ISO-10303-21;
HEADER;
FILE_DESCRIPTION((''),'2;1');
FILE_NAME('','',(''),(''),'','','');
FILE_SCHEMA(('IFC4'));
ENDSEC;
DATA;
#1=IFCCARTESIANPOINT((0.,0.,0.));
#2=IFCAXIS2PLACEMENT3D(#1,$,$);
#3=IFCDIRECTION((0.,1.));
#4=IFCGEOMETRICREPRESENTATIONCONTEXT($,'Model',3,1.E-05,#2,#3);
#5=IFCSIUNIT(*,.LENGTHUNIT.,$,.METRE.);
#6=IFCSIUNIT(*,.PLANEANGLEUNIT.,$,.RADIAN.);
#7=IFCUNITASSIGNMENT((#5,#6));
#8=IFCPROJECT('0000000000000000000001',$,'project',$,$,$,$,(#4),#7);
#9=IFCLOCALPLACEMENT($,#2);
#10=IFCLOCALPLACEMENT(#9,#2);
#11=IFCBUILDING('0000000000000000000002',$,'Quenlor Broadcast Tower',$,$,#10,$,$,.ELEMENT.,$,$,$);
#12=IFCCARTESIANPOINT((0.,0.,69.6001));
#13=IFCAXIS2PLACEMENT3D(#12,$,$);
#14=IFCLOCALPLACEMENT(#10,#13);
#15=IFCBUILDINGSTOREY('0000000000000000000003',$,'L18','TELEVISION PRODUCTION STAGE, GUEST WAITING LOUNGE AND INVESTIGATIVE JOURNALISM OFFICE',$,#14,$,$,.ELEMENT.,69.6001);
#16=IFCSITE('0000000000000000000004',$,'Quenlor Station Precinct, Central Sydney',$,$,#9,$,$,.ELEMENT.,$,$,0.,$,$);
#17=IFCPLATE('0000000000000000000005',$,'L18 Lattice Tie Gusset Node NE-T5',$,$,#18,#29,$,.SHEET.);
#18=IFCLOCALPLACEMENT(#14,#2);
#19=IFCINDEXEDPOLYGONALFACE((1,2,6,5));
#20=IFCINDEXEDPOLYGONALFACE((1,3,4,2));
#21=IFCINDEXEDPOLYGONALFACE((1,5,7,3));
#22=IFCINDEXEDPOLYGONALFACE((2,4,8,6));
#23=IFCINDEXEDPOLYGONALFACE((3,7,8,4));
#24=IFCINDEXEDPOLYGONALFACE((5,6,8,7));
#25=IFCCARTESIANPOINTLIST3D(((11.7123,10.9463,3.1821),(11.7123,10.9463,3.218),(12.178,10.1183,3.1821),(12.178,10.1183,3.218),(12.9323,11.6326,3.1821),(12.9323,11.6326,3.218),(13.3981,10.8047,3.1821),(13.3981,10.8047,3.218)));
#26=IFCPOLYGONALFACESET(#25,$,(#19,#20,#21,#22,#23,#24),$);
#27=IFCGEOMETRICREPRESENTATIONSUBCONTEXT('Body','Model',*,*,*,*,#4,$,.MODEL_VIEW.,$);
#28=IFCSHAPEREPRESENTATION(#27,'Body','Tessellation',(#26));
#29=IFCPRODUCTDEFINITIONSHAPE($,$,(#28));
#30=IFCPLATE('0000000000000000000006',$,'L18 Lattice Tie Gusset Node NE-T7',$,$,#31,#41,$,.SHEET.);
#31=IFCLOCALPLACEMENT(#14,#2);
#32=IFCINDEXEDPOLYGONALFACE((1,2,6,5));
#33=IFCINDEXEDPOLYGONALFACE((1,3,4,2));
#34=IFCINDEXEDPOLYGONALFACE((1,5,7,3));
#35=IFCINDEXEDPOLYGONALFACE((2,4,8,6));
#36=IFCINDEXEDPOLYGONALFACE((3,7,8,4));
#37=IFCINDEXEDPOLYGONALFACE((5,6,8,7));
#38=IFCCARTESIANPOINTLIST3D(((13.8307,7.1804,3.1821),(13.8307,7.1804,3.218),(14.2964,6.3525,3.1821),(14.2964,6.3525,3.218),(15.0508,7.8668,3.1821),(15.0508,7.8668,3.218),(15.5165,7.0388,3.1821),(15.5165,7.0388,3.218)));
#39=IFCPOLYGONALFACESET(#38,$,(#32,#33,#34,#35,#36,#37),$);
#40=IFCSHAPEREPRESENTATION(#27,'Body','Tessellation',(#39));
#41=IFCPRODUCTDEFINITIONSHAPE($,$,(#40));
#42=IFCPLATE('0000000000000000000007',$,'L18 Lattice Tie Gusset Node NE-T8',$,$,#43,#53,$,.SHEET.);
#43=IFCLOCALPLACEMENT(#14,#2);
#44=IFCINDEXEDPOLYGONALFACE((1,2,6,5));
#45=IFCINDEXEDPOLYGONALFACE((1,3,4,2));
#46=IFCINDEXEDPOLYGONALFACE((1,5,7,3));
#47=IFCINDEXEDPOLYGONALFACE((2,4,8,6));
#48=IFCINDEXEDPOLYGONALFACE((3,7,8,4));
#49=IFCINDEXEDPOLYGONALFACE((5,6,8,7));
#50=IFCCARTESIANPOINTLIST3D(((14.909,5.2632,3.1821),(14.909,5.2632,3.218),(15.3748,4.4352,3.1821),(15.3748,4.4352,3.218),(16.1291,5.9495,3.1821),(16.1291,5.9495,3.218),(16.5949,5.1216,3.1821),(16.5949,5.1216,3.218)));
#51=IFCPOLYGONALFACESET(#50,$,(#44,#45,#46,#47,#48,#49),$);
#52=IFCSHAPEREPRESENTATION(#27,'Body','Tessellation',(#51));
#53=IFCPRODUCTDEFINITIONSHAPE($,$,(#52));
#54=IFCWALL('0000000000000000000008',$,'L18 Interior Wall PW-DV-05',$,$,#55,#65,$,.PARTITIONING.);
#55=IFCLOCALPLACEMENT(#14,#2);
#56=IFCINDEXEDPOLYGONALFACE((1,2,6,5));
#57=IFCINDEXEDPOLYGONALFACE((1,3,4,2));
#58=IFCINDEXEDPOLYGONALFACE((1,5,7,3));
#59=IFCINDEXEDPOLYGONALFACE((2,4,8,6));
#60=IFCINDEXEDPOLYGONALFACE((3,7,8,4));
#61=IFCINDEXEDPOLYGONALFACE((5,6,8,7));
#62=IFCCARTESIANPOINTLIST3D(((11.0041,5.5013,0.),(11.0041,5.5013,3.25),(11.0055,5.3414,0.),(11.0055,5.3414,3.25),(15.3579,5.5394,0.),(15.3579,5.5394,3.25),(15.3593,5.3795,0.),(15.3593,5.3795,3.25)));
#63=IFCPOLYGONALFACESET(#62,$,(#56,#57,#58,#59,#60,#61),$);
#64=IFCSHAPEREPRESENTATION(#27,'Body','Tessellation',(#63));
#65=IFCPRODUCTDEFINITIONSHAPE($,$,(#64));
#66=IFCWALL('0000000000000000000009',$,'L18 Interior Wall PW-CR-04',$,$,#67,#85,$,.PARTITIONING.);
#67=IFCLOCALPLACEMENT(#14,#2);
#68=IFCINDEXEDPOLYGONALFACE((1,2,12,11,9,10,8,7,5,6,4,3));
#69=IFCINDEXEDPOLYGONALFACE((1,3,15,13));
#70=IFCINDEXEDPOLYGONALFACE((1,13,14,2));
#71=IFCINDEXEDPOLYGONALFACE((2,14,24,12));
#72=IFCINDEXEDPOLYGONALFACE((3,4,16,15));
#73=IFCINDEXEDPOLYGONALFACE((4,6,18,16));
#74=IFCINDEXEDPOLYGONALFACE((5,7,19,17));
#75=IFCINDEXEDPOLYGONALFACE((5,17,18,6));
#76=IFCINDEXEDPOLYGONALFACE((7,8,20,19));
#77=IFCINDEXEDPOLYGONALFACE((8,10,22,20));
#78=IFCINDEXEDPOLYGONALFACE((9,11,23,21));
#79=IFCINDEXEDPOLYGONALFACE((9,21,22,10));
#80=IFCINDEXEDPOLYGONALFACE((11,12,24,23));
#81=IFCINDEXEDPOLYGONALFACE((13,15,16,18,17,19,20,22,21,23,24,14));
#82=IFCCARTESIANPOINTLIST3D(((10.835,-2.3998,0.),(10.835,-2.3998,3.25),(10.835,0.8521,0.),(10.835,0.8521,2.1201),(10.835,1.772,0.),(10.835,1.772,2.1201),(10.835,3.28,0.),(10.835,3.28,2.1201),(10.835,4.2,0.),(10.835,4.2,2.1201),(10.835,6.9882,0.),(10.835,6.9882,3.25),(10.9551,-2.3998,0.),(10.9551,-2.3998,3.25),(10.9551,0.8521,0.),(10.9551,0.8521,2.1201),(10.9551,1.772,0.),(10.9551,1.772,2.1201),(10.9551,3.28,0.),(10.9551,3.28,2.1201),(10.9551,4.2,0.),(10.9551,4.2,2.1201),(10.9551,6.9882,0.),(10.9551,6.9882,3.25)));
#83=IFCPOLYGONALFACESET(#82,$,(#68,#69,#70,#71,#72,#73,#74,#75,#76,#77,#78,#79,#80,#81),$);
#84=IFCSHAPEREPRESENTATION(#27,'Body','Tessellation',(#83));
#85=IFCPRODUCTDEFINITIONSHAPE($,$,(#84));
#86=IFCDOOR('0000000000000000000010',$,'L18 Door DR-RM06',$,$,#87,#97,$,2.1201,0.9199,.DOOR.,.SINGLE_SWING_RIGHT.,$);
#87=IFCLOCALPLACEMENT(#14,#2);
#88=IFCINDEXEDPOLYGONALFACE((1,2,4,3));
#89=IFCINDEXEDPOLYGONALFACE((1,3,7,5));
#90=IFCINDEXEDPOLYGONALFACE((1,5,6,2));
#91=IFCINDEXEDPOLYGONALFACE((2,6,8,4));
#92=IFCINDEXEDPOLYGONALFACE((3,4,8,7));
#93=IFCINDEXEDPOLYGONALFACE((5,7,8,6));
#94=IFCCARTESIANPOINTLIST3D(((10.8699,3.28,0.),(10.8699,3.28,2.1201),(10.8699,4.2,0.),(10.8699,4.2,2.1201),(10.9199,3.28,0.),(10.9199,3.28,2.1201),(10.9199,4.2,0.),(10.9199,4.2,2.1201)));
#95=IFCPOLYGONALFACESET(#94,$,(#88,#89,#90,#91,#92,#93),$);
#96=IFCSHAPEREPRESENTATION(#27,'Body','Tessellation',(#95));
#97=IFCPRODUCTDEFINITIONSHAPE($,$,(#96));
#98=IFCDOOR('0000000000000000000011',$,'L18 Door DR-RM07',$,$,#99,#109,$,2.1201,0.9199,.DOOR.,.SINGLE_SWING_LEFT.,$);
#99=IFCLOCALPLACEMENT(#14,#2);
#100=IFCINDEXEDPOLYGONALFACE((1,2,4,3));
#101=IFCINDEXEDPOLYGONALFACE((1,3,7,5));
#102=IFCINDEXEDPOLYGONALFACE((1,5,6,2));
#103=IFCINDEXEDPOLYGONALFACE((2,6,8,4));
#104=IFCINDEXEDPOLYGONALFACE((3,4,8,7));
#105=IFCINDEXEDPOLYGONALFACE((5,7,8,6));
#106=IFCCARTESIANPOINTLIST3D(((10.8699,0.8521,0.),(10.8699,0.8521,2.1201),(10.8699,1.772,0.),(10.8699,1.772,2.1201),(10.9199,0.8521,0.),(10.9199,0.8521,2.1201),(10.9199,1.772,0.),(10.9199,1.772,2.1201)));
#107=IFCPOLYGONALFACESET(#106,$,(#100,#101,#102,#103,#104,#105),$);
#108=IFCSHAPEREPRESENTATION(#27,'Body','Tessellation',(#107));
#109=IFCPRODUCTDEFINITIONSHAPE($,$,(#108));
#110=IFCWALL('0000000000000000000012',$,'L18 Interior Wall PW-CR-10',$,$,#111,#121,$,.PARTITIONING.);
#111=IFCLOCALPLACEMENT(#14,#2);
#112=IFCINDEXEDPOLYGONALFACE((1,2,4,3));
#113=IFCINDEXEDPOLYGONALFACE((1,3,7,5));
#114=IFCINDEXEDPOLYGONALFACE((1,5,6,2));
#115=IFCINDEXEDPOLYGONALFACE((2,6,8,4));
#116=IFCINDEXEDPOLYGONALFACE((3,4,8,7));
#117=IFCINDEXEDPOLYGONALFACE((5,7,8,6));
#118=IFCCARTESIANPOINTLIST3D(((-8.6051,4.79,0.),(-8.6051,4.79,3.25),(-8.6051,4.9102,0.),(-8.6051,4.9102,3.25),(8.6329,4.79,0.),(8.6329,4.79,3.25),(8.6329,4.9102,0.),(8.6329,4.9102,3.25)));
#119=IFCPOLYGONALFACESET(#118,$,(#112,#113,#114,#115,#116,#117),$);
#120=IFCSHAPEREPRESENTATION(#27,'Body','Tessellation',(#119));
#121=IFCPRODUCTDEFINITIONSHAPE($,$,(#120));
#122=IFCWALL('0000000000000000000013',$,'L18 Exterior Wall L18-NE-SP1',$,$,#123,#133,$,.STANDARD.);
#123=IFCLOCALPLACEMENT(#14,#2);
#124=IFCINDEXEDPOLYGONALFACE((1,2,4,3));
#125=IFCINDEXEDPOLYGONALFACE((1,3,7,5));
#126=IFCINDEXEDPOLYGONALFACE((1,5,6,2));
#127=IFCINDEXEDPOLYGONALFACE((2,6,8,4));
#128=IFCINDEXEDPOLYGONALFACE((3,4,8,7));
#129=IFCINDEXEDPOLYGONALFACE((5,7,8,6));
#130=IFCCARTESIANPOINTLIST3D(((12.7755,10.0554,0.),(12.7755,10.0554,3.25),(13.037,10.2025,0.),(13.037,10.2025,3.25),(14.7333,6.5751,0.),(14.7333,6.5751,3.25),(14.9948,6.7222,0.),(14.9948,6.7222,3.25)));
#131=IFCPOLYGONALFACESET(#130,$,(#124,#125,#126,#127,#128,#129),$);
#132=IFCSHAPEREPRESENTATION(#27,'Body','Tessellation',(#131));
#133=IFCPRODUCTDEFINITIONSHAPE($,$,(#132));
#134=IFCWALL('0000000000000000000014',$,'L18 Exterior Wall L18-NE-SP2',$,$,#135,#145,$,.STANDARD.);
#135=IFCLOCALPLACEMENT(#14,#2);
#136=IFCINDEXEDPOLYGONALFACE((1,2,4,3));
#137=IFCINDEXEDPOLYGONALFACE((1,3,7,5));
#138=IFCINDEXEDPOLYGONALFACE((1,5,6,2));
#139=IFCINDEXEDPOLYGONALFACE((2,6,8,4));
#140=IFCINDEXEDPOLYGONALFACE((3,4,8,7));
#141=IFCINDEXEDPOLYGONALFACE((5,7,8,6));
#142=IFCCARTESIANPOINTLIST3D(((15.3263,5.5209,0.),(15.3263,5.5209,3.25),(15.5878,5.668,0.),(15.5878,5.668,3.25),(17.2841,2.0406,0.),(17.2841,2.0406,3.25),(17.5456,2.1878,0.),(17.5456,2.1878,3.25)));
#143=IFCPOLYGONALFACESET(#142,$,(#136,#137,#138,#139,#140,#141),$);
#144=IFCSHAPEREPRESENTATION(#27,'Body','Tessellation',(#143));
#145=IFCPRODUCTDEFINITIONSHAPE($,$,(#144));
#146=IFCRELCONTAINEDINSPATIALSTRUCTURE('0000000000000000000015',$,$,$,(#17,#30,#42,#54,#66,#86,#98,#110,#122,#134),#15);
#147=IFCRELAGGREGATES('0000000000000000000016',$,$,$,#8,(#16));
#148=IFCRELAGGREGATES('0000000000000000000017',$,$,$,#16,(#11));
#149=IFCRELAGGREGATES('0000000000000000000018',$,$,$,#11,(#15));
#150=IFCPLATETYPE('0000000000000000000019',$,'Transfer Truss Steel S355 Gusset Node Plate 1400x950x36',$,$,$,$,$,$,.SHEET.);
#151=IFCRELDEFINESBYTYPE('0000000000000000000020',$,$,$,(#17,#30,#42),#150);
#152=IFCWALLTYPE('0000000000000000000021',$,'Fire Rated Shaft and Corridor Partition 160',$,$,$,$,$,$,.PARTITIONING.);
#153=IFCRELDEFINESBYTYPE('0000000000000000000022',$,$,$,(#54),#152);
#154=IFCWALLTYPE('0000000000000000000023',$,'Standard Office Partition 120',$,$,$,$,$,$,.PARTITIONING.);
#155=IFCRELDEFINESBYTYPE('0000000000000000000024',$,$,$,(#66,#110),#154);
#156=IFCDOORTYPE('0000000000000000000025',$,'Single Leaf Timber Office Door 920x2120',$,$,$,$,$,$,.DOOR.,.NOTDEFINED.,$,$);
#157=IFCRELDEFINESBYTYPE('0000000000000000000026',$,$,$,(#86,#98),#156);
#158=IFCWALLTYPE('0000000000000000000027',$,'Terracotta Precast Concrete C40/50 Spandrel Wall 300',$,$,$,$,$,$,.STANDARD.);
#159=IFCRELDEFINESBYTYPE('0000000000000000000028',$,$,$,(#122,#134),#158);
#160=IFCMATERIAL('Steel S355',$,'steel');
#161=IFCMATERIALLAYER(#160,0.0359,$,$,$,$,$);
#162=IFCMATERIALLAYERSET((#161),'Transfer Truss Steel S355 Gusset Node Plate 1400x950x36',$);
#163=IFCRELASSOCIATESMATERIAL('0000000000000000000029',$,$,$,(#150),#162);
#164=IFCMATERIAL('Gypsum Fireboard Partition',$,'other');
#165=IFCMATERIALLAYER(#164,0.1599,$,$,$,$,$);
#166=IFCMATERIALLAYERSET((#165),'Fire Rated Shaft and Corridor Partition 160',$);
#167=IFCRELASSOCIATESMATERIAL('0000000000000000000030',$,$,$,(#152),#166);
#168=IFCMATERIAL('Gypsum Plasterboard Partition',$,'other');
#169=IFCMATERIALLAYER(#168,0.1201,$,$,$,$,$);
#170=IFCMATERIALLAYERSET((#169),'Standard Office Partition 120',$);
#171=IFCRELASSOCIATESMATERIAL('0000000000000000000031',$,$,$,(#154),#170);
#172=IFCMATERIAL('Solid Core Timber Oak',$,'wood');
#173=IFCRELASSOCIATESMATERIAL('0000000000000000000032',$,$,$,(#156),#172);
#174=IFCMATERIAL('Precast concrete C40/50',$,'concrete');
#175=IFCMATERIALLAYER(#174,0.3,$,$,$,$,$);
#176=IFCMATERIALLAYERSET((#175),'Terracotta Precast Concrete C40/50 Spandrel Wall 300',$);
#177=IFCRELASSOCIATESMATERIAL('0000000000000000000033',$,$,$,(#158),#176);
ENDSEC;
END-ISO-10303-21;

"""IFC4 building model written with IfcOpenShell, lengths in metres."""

from ifc_helpers import new_model, si_unit, direction, frame, frame_2d, origin, origin_2d, place, context, subcontext, project, spatial, rectangle, extrude, material, layer, layer_set, type_object, element, fill, save


model = new_model("IFC4")

# Units and contexts
model_context = context("Model", 3, precision=1e-05, world=origin(), true_north=direction((0.0, 1.0)))
body_context = subcontext(model_context, "Body", "Model", "MODEL_VIEW")
ifc_project = project(units=[si_unit("LENGTHUNIT", "METRE"), si_unit("PLANEANGLEUNIT", "RADIAN")], contexts=[model_context])

# Site, building, storey
site_placement = place(None, origin())
site = spatial("IfcSite", under=ifc_project, at=site_placement, Name="Quenlor Station Precinct, Central Sydney", CompositionType="ELEMENT", RefElevation=0.0)
building_placement = place(site_placement, origin())
building = spatial("IfcBuilding", under=site, at=building_placement, Name="Quenlor Broadcast Tower", CompositionType="ELEMENT")
storey_placement = place(building_placement, frame((0.0, 0.0, 69.6001)))
storey = spatial("IfcBuildingStorey", under=building, at=storey_placement, Name="L18", Description="TELEVISION PRODUCTION STAGE, GUEST WAITING LOUNGE AND INVESTIGATIVE JOURNALISM OFFICE", CompositionType="ELEMENT", Elevation=69.6001)

# Plates
ifc_material_1 = material(Name="Steel S355", Category="steel")
ifc_layer_1 = layer(ifc_material_1, 0.0359)
ifc_layer_set_1 = layer_set([ifc_layer_1], Name="Transfer Truss Steel S355 Gusset Node Plate 1400x950x36")
plate_type_1 = type_object("IfcPlateType", Name="Transfer Truss Steel S355 Gusset Node Plate 1400x950x36", PredefinedType="SHEET", material=ifc_layer_set_1)
for number, where, z_axis, x_axis, name in (
    (1, (12.5552, 10.8755, 3.1821), (0.0, 0.0, 1.0), (0.871556, 0.490295, 0.0), "L18 Lattice Tie Gusset Node NE-T5"),
    (2, (14.6736, 7.1096, 3.1821), (0.0, 0.0, 1.0), (0.871556, 0.490295, 0.0), "L18 Lattice Tie Gusset Node NE-T7"),
    (3, (15.752, 5.1924, 3.1821), (0.0, 0.0, 1.0), (0.871556, 0.490295, 0.0), "L18 Lattice Tie Gusset Node NE-T8"),
):
    element("IfcPlate", number, at=place(storey_placement, frame(where, z_axis=z_axis, x_axis=x_axis)), inside=storey, type_object=plate_type_1, Name=name, PredefinedType="SHEET", context=body_context, shape_type="SweptSolid", body=[
        extrude(rectangle(XDim=1.3999, YDim=0.95, at=origin_2d()), origin(), (0.0, 0.0, 1.0), 0.0359),
    ])

# Wall
ifc_material_2 = material(Name="Gypsum Fireboard Partition", Category="other")
ifc_layer_2 = layer(ifc_material_2, 0.1599)
ifc_layer_set_2 = layer_set([ifc_layer_2], Name="Fire Rated Shaft and Corridor Partition 160")
wall_type_1 = type_object("IfcWallType", Name="Fire Rated Shaft and Corridor Partition 160", PredefinedType="PARTITIONING", material=ifc_layer_set_2)
wall_1_placement = place(storey_placement, frame((15.3586, 5.4595, 0.0), z_axis=(0.0, 0.0, 1.0), x_axis=(-0.999962, -0.008747, 0.0)))
element("IfcWall", 4, at=wall_1_placement, inside=storey, type_object=wall_type_1, Name="L18 Interior Wall PW-DV-05", PredefinedType="PARTITIONING", context=body_context, shape_type="SweptSolid", body=[
    extrude(rectangle(XDim=4.354, YDim=0.1599, at=frame_2d((2.177, 0.0))), origin(), (0.0, 0.0, 1.0), 3.25),
])

# Wall, openings, doors
ifc_material_3 = material(Name="Gypsum Plasterboard Partition", Category="other")
ifc_layer_3 = layer(ifc_material_3, 0.1201)
ifc_layer_set_3 = layer_set([ifc_layer_3], Name="Standard Office Partition 120")
wall_type_2 = type_object("IfcWallType", Name="Standard Office Partition 120", PredefinedType="PARTITIONING", material=ifc_layer_set_3)
wall_2_placement = place(storey_placement, frame((10.895, 6.988, 0.0), z_axis=(0.0, 0.0, 1.0), x_axis=(0.0, -1.0, 0.0)))
wall_2 = element("IfcWall", 5, at=wall_2_placement, inside=storey, type_object=wall_type_2, Name="L18 Interior Wall PW-CR-04", PredefinedType="PARTITIONING", context=body_context, shape_type="SweptSolid", body=[
    extrude(rectangle(XDim=9.3879, YDim=0.1201, at=frame_2d((4.6938, 0.0))), origin(), (0.0, 0.0, 1.0), 3.25),
])
opening_1_placement = place(wall_2_placement, frame((2.7881, 0.0, 0.0)))
opening_1 = element("IfcOpeningElement", 6, at=opening_1_placement, cuts=wall_2, PredefinedType="OPENING", context=body_context, shape_type="SweptSolid", body=[
    extrude(rectangle(XDim=0.9199, YDim=2.1201, at=frame_2d((0.46, 1.0601))), frame((0.0, 0.0701, 0.0), z_axis=(0.0, -1.0, 0.0), x_axis=(1.0, 0.0, 0.0)), (0.0, 0.0, 1.0), 0.1401),
])
opening_2_placement = place(wall_2_placement, frame((5.2161, 0.0, 0.0)))
opening_2 = element("IfcOpeningElement", 7, at=opening_2_placement, cuts=wall_2, PredefinedType="OPENING", context=body_context, shape_type="SweptSolid", body=[
    extrude(rectangle(XDim=0.9199, YDim=2.1201, at=frame_2d((0.46, 1.0601))), frame((0.0, 0.0701, 0.0), z_axis=(0.0, -1.0, 0.0), x_axis=(1.0, 0.0, 0.0)), (0.0, 0.0, 1.0), 0.1401),
])
ifc_material_4 = material(Name="Solid Core Timber Oak", Category="wood")
door_type = type_object("IfcDoorType", Name="Single Leaf Timber Office Door 920x2120", OperationType="NOTDEFINED", PredefinedType="DOOR", material=ifc_material_4)
door_1_placement = place(opening_1_placement, origin())
door_1 = element("IfcDoor", 8, at=door_1_placement, inside=storey, type_object=door_type, Name="L18 Door DR-RM06", OperationType="SINGLE_SWING_RIGHT", OverallHeight=2.1201, OverallWidth=0.9199, PredefinedType="DOOR", context=body_context, shape_type="SweptSolid", body=[
    extrude(rectangle(XDim=0.9199, YDim=2.1201, at=frame_2d((0.46, 1.0601))), frame((0.0, 0.0249, 0.0), z_axis=(0.0, -1.0, 0.0), x_axis=(1.0, 0.0, 0.0)), (0.0, 0.0, 1.0), 0.05),
])
fill(opening_1, door_1)
door_2_placement = place(opening_2_placement, origin())
door_2 = element("IfcDoor", 9, at=door_2_placement, inside=storey, type_object=door_type, Name="L18 Door DR-RM07", OperationType="SINGLE_SWING_LEFT", OverallHeight=2.1201, OverallWidth=0.9199, PredefinedType="DOOR", context=body_context, shape_type="SweptSolid", body=[
    extrude(rectangle(XDim=0.9199, YDim=2.1201, at=frame_2d((0.46, 1.0601))), frame((0.0, 0.0249, 0.0), z_axis=(0.0, -1.0, 0.0), x_axis=(1.0, 0.0, 0.0)), (0.0, 0.0, 1.0), 0.05),
])
fill(opening_2, door_2)

# Walls
wall_3_placement = place(storey_placement, frame((8.6331, 4.8501, 0.0), z_axis=(0.0, 0.0, 1.0), x_axis=(-1.0, 0.0, 0.0)))
element("IfcWall", 10, at=wall_3_placement, inside=storey, type_object=wall_type_2, Name="L18 Interior Wall PW-CR-10", PredefinedType="PARTITIONING", context=body_context, shape_type="SweptSolid", body=[
    extrude(rectangle(XDim=17.238, YDim=0.1201, at=frame_2d((8.6191, 0.0))), origin(), (0.0, 0.0, 1.0), 3.25),
])
ifc_material_5 = material(Name="Precast concrete C40/50", Category="concrete")
ifc_layer_4 = layer(ifc_material_5, 0.3)
ifc_layer_set_4 = layer_set([ifc_layer_4], Name="Terracotta Precast Concrete C40/50 Spandrel Wall 300")
wall_type_3 = type_object("IfcWallType", Name="Terracotta Precast Concrete C40/50 Spandrel Wall 300", PredefinedType="STANDARD", material=ifc_layer_set_4)
for number, where, z_axis, x_axis, name in (
    (11, (12.9062, 10.1289, 0.0), (0.0, 0.0, 1.0), (0.490287, -0.871561, 0.0), "L18 Exterior Wall L18-NE-SP1"),
    (12, (15.457, 5.5945, 0.0), (0.0, 0.0, 1.0), (0.490287, -0.871561, 0.0), "L18 Exterior Wall L18-NE-SP2"),
):
    element("IfcWall", number, at=place(storey_placement, frame(where, z_axis=z_axis, x_axis=x_axis)), inside=storey, type_object=wall_type_3, Name=name, PredefinedType="STANDARD", context=body_context, shape_type="SweptSolid", body=[
        extrude(rectangle(XDim=3.9932, YDim=0.3, at=frame_2d((1.9966, 0.0))), origin(), (0.0, 0.0, 1.0), 3.25),
    ])

save(model, "model.ifc")
